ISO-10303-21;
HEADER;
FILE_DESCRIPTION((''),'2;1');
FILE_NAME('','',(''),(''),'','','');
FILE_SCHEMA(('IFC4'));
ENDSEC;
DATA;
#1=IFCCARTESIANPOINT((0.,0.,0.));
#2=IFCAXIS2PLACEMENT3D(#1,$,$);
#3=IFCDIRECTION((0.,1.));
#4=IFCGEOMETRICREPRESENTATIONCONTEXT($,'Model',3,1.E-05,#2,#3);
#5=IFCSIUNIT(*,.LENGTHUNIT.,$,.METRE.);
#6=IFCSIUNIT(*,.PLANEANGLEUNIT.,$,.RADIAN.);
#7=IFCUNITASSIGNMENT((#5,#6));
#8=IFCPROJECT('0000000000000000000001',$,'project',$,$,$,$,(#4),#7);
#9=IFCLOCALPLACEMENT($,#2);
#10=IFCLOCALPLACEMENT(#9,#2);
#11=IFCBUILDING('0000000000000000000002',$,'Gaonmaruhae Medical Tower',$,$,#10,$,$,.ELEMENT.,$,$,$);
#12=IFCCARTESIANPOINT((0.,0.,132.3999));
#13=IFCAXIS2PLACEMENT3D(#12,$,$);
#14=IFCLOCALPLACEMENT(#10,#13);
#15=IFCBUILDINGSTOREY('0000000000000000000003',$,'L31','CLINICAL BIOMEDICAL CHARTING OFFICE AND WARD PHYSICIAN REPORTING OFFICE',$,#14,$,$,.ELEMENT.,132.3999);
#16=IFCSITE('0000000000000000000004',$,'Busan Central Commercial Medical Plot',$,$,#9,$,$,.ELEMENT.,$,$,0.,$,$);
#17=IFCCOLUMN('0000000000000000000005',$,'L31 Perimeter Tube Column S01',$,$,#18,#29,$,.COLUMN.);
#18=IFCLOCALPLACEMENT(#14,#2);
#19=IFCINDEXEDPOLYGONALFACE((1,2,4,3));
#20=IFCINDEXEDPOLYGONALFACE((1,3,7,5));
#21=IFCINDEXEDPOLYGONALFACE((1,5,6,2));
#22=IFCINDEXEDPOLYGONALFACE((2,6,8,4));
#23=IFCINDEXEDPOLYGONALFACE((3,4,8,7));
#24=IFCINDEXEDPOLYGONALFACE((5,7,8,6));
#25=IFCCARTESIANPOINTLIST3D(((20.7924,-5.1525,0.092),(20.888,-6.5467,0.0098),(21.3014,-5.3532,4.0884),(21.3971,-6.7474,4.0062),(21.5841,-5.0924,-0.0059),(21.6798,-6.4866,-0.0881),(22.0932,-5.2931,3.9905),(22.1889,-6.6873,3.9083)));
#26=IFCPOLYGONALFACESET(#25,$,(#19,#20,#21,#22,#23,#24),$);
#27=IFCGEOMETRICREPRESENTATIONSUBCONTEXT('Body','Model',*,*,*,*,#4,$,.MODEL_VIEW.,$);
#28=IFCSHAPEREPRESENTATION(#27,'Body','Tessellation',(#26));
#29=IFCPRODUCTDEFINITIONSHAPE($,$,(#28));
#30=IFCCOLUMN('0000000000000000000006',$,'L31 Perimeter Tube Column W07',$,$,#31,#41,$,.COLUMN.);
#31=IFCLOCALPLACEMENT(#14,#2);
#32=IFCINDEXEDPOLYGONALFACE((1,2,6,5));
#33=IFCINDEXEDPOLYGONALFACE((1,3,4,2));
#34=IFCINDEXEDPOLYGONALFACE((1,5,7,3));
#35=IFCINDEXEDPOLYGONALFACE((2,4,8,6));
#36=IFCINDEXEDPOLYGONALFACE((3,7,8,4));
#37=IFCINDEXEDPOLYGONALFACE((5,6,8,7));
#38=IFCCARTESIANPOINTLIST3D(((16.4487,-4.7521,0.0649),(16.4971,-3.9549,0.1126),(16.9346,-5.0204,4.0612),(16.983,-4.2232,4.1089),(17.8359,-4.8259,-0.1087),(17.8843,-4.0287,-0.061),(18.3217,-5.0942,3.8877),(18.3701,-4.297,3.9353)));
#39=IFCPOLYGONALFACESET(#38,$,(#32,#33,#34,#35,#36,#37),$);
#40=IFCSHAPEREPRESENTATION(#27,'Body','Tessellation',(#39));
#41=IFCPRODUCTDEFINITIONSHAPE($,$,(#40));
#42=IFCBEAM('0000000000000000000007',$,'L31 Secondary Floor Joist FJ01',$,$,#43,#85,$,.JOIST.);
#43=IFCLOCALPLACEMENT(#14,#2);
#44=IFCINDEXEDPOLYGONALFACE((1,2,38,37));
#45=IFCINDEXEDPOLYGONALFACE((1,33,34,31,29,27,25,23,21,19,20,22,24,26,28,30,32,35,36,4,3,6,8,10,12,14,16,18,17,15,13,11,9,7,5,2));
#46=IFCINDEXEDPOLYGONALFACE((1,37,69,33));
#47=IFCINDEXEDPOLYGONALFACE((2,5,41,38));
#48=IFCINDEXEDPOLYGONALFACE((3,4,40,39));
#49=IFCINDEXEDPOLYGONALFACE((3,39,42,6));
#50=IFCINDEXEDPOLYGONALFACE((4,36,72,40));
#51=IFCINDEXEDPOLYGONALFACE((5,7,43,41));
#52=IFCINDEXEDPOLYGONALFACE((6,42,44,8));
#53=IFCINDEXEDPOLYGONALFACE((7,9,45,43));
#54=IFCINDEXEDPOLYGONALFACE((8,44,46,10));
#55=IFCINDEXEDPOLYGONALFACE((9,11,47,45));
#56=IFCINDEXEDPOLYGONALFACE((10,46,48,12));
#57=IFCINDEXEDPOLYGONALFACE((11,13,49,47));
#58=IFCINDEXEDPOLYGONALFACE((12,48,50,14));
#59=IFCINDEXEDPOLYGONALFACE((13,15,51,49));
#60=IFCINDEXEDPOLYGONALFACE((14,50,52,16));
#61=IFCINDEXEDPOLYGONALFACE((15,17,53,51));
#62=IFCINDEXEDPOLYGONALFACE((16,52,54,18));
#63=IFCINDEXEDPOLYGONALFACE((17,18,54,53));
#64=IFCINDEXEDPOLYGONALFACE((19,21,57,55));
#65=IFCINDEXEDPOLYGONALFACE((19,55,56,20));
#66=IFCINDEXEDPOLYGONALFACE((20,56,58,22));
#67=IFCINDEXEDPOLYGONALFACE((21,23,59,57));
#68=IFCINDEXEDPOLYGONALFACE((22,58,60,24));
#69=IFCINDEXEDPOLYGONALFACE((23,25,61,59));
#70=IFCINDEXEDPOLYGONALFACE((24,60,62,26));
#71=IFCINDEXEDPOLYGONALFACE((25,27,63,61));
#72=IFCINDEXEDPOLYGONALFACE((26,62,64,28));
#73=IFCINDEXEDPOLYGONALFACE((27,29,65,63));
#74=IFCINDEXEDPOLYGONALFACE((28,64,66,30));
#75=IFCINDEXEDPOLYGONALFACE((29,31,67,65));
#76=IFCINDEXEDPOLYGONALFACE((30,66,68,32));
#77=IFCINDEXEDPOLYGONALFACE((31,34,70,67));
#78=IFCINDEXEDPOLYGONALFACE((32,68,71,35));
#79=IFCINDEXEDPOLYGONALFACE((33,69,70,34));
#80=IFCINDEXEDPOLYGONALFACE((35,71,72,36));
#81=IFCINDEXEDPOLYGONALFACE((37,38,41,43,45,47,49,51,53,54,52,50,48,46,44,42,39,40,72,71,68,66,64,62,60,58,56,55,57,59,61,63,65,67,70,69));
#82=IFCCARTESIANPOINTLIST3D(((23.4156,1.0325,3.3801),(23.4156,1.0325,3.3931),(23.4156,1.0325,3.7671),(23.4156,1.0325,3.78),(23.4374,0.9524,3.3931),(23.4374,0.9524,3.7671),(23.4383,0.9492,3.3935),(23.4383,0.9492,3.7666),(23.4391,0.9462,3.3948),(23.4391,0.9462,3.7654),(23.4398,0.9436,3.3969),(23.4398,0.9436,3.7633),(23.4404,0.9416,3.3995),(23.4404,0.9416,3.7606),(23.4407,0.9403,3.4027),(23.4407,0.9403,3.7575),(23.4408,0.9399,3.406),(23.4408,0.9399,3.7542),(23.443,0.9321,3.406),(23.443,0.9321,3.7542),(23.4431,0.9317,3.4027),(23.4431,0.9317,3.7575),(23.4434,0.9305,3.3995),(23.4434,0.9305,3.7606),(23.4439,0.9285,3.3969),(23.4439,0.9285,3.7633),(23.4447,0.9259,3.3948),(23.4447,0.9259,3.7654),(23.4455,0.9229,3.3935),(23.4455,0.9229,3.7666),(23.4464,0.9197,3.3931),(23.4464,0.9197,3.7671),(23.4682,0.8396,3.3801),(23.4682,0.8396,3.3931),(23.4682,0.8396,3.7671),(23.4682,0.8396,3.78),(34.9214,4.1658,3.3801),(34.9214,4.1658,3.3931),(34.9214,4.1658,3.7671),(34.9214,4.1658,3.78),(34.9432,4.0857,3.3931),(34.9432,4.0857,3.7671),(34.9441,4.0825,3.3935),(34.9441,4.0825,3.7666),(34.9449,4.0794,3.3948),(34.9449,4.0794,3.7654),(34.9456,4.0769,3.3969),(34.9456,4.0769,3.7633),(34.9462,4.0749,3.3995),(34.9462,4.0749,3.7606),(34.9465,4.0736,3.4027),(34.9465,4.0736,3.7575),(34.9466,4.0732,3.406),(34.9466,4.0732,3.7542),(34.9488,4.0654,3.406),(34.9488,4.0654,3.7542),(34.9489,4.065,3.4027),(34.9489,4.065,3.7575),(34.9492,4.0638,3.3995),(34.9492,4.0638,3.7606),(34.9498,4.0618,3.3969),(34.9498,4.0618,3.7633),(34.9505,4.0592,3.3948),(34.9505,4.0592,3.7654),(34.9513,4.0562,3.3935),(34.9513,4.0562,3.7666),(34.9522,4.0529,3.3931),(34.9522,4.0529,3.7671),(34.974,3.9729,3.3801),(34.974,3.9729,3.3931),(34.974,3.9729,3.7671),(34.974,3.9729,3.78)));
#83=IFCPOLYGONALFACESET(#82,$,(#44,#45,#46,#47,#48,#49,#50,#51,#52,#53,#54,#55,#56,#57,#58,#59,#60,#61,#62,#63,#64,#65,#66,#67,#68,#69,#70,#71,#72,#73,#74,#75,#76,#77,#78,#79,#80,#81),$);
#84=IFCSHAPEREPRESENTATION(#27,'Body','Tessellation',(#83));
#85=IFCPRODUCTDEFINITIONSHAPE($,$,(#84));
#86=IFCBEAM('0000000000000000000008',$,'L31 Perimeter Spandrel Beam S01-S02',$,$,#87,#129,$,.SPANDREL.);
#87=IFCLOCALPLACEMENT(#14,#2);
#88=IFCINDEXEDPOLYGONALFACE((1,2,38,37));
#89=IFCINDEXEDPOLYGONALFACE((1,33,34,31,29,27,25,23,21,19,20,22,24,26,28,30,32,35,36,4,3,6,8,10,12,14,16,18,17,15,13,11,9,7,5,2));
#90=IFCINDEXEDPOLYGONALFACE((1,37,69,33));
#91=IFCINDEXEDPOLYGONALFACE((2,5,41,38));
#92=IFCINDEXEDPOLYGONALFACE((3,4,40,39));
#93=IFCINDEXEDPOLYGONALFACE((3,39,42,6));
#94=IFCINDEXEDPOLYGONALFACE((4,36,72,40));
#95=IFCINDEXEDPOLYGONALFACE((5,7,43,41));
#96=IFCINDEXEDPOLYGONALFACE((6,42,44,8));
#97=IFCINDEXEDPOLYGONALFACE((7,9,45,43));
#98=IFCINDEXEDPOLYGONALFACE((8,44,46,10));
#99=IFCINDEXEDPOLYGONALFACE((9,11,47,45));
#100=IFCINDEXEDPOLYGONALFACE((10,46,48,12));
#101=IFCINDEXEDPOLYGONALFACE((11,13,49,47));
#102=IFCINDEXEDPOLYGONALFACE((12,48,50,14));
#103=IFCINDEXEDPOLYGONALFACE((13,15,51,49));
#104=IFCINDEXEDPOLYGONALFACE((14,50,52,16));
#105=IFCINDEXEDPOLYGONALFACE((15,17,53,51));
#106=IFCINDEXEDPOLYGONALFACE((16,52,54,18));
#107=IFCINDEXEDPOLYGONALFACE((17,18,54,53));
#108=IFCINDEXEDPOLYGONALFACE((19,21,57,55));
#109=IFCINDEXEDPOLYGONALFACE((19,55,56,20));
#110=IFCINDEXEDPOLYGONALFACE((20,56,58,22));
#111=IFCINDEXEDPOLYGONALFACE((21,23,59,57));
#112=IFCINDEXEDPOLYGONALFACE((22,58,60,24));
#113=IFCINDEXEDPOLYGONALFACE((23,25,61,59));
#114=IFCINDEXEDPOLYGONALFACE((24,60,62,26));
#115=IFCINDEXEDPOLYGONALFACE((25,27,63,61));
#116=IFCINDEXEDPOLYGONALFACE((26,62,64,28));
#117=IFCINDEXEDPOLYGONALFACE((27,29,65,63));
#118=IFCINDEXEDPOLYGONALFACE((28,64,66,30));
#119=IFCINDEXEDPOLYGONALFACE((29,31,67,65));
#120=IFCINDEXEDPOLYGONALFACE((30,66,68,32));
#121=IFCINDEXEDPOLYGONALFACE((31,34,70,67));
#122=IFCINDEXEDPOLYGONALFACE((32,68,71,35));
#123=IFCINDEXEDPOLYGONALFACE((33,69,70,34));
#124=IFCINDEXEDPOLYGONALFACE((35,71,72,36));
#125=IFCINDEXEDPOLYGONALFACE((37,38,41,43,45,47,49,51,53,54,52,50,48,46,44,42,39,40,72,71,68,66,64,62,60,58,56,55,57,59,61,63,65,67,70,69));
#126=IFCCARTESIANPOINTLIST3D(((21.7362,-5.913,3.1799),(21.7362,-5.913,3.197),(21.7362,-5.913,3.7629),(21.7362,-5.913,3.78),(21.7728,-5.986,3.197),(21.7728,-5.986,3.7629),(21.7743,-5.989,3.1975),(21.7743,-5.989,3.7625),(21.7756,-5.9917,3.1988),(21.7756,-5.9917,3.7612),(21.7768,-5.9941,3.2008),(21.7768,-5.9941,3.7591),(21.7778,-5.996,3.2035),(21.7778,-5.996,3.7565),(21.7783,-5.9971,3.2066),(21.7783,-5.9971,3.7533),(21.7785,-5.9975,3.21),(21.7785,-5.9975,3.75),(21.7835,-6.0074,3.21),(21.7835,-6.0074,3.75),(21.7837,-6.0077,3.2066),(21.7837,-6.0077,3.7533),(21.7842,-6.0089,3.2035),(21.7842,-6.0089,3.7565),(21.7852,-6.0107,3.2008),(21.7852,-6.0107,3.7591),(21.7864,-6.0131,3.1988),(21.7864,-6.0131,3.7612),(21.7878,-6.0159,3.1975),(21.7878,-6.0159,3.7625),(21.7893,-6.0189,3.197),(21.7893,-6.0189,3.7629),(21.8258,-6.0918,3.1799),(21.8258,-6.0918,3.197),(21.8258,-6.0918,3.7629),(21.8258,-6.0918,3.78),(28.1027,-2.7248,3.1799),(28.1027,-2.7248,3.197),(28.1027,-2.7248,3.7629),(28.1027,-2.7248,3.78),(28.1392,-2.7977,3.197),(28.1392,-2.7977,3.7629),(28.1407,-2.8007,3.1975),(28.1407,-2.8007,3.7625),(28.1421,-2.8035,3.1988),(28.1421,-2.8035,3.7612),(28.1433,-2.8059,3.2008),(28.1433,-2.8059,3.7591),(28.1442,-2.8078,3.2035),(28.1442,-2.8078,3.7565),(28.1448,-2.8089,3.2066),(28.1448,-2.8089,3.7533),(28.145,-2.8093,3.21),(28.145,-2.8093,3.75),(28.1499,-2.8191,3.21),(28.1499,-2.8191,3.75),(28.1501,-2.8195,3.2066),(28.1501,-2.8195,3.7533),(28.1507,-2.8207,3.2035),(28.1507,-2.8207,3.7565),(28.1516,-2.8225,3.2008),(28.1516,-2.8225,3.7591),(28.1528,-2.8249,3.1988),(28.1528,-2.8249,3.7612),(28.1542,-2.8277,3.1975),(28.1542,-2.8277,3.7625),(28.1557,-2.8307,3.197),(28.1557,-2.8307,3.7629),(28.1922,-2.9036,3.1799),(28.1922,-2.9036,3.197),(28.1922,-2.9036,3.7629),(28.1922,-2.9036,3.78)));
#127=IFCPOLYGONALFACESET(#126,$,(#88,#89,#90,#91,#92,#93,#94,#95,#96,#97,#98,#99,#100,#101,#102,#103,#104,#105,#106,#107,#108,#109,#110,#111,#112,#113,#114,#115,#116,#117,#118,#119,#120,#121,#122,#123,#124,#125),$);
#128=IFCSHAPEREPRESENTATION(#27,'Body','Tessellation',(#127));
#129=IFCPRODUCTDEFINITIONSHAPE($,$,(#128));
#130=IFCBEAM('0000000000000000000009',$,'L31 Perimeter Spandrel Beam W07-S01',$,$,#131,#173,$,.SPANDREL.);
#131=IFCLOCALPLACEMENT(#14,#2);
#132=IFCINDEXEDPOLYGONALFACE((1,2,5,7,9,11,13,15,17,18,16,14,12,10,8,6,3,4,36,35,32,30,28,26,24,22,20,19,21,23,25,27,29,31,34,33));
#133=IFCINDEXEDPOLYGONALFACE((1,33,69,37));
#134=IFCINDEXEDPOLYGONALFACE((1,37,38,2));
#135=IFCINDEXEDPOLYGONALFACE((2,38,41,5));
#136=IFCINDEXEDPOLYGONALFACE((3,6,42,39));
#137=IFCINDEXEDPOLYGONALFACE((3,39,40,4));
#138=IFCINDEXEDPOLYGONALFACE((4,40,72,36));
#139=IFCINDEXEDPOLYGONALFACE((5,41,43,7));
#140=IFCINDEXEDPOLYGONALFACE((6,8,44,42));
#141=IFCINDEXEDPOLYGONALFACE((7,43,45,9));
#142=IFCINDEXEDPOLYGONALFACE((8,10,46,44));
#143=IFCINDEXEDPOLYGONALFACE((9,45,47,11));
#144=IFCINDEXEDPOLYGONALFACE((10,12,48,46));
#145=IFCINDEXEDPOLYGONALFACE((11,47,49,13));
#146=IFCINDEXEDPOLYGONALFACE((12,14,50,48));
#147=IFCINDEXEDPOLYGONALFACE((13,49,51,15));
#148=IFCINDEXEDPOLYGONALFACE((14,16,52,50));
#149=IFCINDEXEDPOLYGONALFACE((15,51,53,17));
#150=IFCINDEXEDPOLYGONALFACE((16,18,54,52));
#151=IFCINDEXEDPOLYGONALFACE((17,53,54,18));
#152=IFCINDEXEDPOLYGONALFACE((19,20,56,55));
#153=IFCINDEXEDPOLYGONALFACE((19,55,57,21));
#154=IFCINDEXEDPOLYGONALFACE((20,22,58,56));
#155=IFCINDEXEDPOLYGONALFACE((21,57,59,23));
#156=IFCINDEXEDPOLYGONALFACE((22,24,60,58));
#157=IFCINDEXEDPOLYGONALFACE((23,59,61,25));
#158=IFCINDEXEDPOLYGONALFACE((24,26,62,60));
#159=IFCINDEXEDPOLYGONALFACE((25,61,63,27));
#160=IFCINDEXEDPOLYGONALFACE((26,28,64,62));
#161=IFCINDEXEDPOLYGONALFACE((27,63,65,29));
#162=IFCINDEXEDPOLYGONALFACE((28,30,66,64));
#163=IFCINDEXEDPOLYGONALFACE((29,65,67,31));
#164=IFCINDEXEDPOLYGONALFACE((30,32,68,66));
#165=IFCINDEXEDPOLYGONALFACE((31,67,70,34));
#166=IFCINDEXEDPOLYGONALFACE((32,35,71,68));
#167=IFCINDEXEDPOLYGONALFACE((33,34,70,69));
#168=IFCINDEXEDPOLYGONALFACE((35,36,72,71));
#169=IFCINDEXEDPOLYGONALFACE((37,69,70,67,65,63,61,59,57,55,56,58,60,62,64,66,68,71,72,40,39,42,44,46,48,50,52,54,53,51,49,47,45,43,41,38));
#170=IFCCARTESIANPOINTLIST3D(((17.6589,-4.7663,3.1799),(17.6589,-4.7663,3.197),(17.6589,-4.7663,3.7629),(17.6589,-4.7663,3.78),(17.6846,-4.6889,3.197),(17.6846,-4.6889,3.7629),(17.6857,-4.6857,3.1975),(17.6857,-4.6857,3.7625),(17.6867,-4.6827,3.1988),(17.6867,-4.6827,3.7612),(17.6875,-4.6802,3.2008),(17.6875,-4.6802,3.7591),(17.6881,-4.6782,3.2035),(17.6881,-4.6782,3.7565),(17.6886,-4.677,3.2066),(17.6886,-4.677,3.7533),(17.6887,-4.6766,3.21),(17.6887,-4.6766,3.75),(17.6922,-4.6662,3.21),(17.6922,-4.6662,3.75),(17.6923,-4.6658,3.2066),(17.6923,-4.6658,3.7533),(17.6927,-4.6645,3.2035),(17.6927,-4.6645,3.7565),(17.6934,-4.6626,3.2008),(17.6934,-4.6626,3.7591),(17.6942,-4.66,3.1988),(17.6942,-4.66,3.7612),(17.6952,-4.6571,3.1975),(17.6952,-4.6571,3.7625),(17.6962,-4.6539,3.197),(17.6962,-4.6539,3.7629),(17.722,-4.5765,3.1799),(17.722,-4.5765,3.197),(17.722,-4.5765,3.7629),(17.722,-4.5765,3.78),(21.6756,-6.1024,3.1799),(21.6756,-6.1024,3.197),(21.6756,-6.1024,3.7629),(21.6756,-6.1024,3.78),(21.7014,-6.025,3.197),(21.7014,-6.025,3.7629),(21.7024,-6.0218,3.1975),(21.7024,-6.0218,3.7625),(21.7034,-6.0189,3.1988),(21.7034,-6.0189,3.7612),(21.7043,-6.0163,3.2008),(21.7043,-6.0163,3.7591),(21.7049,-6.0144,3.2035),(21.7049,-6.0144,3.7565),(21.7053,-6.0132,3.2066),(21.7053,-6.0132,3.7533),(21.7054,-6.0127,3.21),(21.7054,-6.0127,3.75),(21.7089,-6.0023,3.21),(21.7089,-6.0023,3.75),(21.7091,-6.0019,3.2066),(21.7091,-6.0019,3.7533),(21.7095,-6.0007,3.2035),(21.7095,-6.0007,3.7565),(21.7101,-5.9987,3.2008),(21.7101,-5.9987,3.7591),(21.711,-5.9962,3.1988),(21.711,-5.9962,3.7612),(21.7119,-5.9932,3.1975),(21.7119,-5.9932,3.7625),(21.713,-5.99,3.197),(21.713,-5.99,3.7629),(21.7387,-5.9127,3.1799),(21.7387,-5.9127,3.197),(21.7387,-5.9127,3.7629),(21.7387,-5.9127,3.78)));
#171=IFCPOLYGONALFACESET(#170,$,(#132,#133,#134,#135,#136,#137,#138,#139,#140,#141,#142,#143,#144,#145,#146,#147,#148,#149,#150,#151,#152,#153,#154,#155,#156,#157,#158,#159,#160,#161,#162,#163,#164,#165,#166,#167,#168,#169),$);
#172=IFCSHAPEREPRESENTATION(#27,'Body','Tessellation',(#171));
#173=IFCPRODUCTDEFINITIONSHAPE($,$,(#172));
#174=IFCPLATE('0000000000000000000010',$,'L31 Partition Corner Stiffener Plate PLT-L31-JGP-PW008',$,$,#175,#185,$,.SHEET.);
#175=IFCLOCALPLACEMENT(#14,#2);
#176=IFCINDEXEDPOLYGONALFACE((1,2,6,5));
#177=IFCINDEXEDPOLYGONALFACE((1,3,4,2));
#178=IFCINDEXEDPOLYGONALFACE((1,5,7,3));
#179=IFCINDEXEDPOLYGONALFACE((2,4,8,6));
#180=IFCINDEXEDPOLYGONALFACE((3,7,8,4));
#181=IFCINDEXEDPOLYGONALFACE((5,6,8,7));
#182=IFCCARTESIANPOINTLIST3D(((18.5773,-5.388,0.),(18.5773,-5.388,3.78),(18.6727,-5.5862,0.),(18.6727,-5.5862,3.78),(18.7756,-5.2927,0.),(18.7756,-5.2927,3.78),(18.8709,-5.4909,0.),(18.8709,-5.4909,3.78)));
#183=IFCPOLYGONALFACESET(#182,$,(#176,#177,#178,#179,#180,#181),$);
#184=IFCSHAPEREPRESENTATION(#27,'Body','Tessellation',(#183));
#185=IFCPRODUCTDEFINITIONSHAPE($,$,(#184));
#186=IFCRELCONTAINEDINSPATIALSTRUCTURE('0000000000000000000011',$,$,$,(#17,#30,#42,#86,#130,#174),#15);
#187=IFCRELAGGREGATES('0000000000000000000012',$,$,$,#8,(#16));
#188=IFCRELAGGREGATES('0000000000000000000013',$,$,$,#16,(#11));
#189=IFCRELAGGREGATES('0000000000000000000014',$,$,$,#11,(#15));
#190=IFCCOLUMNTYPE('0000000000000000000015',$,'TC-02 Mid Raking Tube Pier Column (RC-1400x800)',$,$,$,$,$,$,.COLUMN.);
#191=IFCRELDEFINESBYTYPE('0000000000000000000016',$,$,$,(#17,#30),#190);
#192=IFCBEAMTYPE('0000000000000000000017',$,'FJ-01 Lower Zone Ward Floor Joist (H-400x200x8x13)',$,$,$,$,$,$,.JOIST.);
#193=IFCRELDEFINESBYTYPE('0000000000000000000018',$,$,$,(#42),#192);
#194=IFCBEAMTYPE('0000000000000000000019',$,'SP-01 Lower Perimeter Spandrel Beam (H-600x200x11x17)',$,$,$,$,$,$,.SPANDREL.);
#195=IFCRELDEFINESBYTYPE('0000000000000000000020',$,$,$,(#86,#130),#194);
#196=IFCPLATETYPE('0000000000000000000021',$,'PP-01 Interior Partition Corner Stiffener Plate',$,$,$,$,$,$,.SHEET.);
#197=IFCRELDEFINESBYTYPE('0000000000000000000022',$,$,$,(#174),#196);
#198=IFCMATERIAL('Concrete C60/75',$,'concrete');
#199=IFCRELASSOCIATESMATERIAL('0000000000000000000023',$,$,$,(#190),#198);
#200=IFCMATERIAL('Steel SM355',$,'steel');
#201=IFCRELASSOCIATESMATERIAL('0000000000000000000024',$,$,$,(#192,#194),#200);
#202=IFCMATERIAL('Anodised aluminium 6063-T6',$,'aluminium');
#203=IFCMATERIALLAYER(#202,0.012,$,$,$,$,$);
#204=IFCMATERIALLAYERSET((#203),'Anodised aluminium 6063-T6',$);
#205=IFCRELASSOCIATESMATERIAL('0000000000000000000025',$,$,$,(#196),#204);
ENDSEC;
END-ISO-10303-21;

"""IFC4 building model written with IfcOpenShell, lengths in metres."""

from ifc_helpers import new_model, si_unit, direction, frame, origin, origin_2d, place, context, subcontext, project, spatial, rectangle, i_section, extrude, material, layer, layer_set, material_profile, profile_set, type_object, element, save


model = new_model("IFC4")

# Units and contexts
model_context = context("Model", 3, precision=1e-05, world=origin(), true_north=direction((0.0, 1.0)))
body_context = subcontext(model_context, "Body", "Model", "MODEL_VIEW")
ifc_project = project(units=[si_unit("LENGTHUNIT", "METRE"), si_unit("PLANEANGLEUNIT", "RADIAN")], contexts=[model_context])

# Site, building, storey
site_placement = place(None, origin())
site = spatial("IfcSite", under=ifc_project, at=site_placement, Name="Busan Central Commercial Medical Plot", CompositionType="ELEMENT", RefElevation=0.0)
building_placement = place(site_placement, origin())
building = spatial("IfcBuilding", under=site, at=building_placement, Name="Gaonmaruhae Medical Tower", CompositionType="ELEMENT")
storey_placement = place(building_placement, frame((0.0, 0.0, 132.3999)))
storey = spatial("IfcBuildingStorey", under=building, at=storey_placement, Name="L31", Description="CLINICAL BIOMEDICAL CHARTING OFFICE AND WARD PHYSICIAN REPORTING OFFICE", CompositionType="ELEMENT", Elevation=132.3999)

# Columns
ifc_material_1 = material(Name="Concrete C60/75", Category="concrete")
ifc_material_profile_1 = material_profile(ifc_material_1, rectangle(XDim=1.3999, YDim=0.8, at=origin_2d()), Name="RC-1400x800")
ifc_profile_set_1 = profile_set([ifc_material_profile_1], Name="Concrete C60/75")
column_type = type_object("IfcColumnType", Name="TC-02 Mid Raking Tube Pier Column (RC-1400x800)", PredefinedType="COLUMN", material=ifc_profile_set_1)
column_1_placement = place(storey_placement, frame((21.2361, -5.8196, 0.002), z_axis=(0.126198, -0.049753, 0.990757), x_axis=(-0.068357, 0.995931, 0.05872)))
element("IfcColumn", 1, at=column_1_placement, inside=storey, type_object=column_type, Name="L31 Perimeter Tube Column S01", PredefinedType="COLUMN", context=body_context, shape_type="SweptSolid", body=[
    extrude(rectangle(XDim=1.3999, YDim=0.8, at=origin_2d()), origin(), (0.0, 0.0, 1.0), 4.0337),
])
column_2_placement = place(storey_placement, frame((17.1665, -4.3904, 0.002), z_axis=(0.120416, -0.066501, 0.990494), x_axis=(-0.99088, 0.052727, 0.124003)))
element("IfcColumn", 2, at=column_2_placement, inside=storey, type_object=column_type, Name="L31 Perimeter Tube Column W07", PredefinedType="COLUMN", context=body_context, shape_type="SweptSolid", body=[
    extrude(rectangle(XDim=1.3999, YDim=0.8, at=origin_2d()), origin(), (0.0, 0.0, 1.0), 4.0347),
])

# Beams
ifc_material_2 = material(Name="Steel SM355", Category="steel")
ifc_material_profile_2 = material_profile(ifc_material_2, i_section(OverallWidth=0.2, OverallDepth=0.3999, WebThickness=0.0081, FlangeThickness=0.0129, FilletRadius=0.0129, at=origin_2d()), Name="H-400x200x8x13")
ifc_profile_set_2 = profile_set([ifc_material_profile_2], Name="Steel SM355")
beam_type_1 = type_object("IfcBeamType", Name="FJ-01 Lower Zone Ward Floor Joist (H-400x200x8x13)", PredefinedType="JOIST", material=ifc_profile_set_2)
beam_1_placement = place(storey_placement, frame((23.4419, 0.936, 3.5801), z_axis=(0.964863, 0.262754, 0.0), x_axis=(-0.262754, 0.964863, 0.0)))
element("IfcBeam", 3, at=beam_1_placement, inside=storey, type_object=beam_type_1, Name="L31 Secondary Floor Joist FJ01", PredefinedType="JOIST", context=body_context, shape_type="SweptSolid", body=[
    extrude(i_section(OverallWidth=0.2, OverallDepth=0.3999, WebThickness=0.0081, FlangeThickness=0.0129, FilletRadius=0.0129, at=origin_2d()), origin(), (0.0, 0.0, 1.0), 11.9248),
])
ifc_material_profile_3 = material_profile(ifc_material_2, i_section(OverallWidth=0.2, OverallDepth=0.6001, WebThickness=0.011, FlangeThickness=0.0171, FilletRadius=0.0129, at=origin_2d()), Name="H-600x200x11x17")
ifc_profile_set_3 = profile_set([ifc_material_profile_3], Name="Steel SM355")
beam_type_2 = type_object("IfcBeamType", Name="SP-01 Lower Perimeter Spandrel Beam (H-600x200x11x17)", PredefinedType="SPANDREL", material=ifc_profile_set_3)
beam_2_placement = place(storey_placement, frame((21.781, -6.0024, 3.48), z_axis=(0.894146, 0.447776, 0.0), x_axis=(-0.447776, 0.894146, 0.0)))
element("IfcBeam", 4, at=beam_2_placement, inside=storey, type_object=beam_type_2, Name="L31 Perimeter Spandrel Beam S01-S02", PredefinedType="SPANDREL", context=body_context, shape_type="SweptSolid", body=[
    extrude(i_section(OverallWidth=0.2, OverallDepth=0.6001, WebThickness=0.011, FlangeThickness=0.0171, FilletRadius=0.0129, at=origin_2d()), origin(), (0.0, 0.0, 1.0), 7.1201),
])
beam_3_placement = place(storey_placement, frame((17.6904, -4.6714, 3.48), z_axis=(0.948879, -0.315639, 0.0), x_axis=(0.315639, 0.948879, 0.0)))
element("IfcBeam", 5, at=beam_3_placement, inside=storey, type_object=beam_type_2, Name="L31 Perimeter Spandrel Beam W07-S01", PredefinedType="SPANDREL", context=body_context, shape_type="SweptSolid", body=[
    extrude(i_section(OverallWidth=0.2, OverallDepth=0.6001, WebThickness=0.011, FlangeThickness=0.0171, FilletRadius=0.0129, at=origin_2d()), origin(), (0.0, 0.0, 1.0), 4.2332),
])

# Plate
ifc_material_3 = material(Name="Anodised aluminium 6063-T6", Category="aluminium")
ifc_layer_1 = layer(ifc_material_3, 0.012)
ifc_layer_set_1 = layer_set([ifc_layer_1], Name="Anodised aluminium 6063-T6")
plate_type = type_object("IfcPlateType", Name="PP-01 Interior Partition Corner Stiffener Plate", PredefinedType="SHEET", material=ifc_layer_set_1)
for number, where, z_axis, x_axis, name in (
    (6, (18.7241, -5.4395, 0.0), (0.0, 0.0, 1.0), (-0.433407, 0.901198, 0.0), "L31 Partition Corner Stiffener Plate PLT-L31-JGP-PW008"),
):
    element("IfcPlate", number, at=place(storey_placement, frame(where, z_axis=z_axis, x_axis=x_axis)), inside=storey, type_object=plate_type, Name=name, PredefinedType="SHEET", context=body_context, shape_type="SweptSolid", body=[
        extrude(rectangle(XDim=0.22, YDim=0.22, at=origin_2d()), origin(), (0.0, 0.0, 1.0), 3.78),
    ])

save(model, "model.ifc")
